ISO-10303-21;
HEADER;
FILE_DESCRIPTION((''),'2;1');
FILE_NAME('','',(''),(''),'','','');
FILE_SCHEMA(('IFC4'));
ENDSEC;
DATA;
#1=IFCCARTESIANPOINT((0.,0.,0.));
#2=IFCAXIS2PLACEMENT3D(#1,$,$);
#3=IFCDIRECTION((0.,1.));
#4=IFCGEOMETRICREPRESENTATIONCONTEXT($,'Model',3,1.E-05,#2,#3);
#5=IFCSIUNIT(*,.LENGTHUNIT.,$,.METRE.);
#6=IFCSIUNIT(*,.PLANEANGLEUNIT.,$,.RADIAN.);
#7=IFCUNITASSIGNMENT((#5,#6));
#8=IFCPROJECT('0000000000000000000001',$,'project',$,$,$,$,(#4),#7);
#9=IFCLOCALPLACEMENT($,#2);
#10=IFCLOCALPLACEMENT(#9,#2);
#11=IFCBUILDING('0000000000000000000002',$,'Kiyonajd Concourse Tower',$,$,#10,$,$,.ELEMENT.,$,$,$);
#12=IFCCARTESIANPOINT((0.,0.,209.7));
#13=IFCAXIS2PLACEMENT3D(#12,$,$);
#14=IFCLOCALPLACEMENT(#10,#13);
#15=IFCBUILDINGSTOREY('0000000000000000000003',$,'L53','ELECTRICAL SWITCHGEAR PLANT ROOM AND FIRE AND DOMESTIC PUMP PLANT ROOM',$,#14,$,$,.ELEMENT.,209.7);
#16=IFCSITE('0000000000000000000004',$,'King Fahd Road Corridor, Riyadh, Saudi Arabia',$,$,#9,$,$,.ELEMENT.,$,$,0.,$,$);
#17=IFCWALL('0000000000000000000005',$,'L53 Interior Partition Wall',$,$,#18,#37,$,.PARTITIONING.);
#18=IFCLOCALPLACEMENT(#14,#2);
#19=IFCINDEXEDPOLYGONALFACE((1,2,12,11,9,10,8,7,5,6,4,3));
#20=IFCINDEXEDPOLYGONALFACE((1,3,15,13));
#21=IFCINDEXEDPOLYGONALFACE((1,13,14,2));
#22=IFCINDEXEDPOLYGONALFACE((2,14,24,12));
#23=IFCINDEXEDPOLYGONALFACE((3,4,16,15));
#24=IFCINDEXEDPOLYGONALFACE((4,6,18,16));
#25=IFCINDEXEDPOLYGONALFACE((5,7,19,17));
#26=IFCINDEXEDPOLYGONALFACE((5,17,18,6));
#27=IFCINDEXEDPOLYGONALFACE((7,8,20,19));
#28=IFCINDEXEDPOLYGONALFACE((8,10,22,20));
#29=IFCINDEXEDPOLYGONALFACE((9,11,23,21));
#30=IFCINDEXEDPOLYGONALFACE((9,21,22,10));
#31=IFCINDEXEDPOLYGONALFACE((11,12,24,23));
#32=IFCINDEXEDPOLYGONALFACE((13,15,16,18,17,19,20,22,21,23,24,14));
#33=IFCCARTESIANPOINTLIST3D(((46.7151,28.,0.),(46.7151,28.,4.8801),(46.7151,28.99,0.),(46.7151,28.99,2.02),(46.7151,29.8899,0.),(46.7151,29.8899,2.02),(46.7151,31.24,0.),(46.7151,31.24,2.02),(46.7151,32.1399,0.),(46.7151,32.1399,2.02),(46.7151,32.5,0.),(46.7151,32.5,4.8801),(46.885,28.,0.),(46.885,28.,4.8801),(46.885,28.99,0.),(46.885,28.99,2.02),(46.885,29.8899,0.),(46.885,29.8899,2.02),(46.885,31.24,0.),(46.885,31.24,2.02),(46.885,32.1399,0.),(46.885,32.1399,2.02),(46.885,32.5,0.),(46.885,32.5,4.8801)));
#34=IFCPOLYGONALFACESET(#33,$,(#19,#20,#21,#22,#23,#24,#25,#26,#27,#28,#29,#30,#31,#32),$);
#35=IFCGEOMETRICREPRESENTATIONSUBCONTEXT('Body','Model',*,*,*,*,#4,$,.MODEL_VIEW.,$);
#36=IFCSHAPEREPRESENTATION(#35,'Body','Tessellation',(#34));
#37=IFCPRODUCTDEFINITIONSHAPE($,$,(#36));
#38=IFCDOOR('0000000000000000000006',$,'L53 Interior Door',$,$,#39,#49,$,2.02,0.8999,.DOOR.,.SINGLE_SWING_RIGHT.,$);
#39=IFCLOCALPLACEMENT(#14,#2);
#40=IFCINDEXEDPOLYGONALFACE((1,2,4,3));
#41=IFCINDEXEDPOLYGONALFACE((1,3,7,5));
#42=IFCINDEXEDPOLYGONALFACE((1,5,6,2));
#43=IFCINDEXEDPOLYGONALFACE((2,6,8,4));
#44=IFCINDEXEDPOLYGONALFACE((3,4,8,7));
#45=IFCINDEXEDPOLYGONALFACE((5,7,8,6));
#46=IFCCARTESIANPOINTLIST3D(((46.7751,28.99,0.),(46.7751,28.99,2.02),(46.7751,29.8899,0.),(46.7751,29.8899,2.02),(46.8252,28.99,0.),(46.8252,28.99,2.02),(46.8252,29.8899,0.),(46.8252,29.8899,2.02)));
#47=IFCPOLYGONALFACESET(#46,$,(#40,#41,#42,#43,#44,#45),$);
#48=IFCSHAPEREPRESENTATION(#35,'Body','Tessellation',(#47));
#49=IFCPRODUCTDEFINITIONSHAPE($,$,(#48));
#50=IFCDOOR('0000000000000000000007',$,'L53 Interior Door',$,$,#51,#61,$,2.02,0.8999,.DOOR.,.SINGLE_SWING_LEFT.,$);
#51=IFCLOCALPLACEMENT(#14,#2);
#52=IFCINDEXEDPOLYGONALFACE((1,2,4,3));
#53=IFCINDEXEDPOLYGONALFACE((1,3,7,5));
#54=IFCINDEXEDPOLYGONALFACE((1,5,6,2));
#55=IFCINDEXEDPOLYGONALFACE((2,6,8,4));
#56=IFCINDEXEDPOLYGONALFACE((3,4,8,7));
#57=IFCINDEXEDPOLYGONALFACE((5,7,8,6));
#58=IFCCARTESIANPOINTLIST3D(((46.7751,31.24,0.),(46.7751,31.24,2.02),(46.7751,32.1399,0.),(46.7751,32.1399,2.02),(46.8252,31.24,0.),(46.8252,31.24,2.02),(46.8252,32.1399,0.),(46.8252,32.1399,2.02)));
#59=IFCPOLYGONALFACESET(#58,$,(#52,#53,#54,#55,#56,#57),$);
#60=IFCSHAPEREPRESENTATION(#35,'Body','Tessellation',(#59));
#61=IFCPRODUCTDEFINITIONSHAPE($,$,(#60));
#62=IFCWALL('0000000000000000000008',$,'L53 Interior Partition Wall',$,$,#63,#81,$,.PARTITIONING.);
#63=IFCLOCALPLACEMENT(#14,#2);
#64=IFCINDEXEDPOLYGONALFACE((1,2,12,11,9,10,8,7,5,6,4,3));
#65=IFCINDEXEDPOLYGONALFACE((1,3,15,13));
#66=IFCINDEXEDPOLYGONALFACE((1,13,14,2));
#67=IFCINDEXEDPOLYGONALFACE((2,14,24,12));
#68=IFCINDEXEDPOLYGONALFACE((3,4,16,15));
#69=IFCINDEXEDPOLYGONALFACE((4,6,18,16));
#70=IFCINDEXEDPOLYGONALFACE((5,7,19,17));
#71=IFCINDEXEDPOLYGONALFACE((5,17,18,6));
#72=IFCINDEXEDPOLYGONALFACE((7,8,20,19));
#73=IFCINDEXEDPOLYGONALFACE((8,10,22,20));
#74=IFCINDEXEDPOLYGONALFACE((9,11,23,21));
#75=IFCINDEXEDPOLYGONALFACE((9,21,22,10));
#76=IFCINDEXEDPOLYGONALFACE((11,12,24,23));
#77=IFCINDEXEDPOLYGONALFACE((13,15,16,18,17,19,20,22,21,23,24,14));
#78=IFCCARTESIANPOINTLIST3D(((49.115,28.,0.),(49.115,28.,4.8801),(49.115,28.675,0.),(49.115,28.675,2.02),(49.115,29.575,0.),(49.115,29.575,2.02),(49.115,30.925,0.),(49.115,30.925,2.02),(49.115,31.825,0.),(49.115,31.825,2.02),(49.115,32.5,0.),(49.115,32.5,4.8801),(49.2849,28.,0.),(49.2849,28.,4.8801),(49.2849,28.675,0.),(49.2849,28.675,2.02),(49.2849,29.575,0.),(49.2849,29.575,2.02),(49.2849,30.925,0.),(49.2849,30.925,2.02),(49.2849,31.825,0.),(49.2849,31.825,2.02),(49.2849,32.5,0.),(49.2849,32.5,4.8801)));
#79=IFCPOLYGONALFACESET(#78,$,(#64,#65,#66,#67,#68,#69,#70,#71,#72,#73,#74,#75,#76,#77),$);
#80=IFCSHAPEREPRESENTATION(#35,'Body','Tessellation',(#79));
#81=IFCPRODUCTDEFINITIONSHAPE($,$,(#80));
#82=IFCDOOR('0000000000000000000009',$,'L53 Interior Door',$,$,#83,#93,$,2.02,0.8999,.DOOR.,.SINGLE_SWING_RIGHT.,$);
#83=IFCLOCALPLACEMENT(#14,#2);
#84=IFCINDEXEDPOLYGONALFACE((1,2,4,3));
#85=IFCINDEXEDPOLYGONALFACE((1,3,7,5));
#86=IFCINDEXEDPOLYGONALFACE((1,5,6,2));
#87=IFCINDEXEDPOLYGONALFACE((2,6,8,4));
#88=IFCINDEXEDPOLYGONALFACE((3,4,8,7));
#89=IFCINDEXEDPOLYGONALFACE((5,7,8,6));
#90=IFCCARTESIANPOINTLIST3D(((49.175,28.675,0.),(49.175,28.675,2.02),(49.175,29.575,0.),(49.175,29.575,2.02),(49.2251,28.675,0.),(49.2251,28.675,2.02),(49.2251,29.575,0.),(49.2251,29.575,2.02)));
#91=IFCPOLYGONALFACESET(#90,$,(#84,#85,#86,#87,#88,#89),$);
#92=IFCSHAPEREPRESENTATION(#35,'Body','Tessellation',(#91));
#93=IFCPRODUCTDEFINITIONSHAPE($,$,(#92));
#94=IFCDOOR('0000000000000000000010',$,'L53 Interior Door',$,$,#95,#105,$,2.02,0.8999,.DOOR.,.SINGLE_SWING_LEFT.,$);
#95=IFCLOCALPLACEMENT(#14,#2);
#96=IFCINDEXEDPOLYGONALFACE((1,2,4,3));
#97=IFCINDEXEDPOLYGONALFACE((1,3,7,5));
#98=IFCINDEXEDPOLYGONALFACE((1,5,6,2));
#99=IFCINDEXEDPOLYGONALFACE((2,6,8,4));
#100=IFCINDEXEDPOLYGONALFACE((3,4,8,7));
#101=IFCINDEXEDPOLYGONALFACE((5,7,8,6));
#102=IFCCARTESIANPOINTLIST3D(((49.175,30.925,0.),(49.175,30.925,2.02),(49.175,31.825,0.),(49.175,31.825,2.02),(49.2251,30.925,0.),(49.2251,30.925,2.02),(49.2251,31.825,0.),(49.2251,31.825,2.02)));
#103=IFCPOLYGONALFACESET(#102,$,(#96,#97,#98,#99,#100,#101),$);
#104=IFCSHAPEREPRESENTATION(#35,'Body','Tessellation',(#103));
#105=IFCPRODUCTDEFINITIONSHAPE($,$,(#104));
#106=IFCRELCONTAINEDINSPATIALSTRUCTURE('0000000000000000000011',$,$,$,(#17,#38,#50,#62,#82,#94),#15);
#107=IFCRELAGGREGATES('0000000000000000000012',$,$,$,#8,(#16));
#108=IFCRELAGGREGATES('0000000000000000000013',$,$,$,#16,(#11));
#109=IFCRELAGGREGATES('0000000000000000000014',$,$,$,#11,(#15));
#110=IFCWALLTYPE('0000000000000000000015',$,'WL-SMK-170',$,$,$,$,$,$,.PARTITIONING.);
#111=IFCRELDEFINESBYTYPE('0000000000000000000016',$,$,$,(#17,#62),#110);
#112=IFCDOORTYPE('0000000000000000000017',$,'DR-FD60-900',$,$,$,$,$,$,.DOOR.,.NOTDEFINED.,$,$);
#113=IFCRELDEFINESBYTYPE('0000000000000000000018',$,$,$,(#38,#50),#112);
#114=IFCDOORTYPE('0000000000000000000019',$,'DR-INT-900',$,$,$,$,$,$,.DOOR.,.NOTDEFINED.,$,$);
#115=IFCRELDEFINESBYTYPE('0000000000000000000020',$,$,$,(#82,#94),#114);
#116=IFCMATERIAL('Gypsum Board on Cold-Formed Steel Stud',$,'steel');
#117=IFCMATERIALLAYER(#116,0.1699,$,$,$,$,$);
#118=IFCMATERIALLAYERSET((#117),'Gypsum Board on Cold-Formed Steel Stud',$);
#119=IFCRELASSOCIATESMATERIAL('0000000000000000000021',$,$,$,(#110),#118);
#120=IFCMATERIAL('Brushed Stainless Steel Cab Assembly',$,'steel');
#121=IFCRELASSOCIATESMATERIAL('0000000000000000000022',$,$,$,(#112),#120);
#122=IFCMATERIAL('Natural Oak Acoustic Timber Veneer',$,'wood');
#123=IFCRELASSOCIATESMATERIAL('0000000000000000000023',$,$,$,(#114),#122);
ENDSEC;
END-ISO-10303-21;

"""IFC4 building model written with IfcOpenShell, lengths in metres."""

from ifc_helpers import new_model, si_unit, direction, frame, frame_2d, origin, place, context, subcontext, project, spatial, rectangle, extrude, material, layer, layer_set, type_object, element, fill, save


model = new_model("IFC4")

# Units and contexts
model_context = context("Model", 3, precision=1e-05, world=origin(), true_north=direction((0.0, 1.0)))
body_context = subcontext(model_context, "Body", "Model", "MODEL_VIEW")
ifc_project = project(units=[si_unit("LENGTHUNIT", "METRE"), si_unit("PLANEANGLEUNIT", "RADIAN")], contexts=[model_context])

# Site, building, storey
site_placement = place(None, origin())
site = spatial("IfcSite", under=ifc_project, at=site_placement, Name="King Fahd Road Corridor, Riyadh, Saudi Arabia", CompositionType="ELEMENT", RefElevation=0.0)
building_placement = place(site_placement, origin())
building = spatial("IfcBuilding", under=site, at=building_placement, Name="Kiyonajd Concourse Tower", CompositionType="ELEMENT")
storey_placement = place(building_placement, frame((0.0, 0.0, 209.7)))
storey = spatial("IfcBuildingStorey", under=building, at=storey_placement, Name="L53", Description="ELECTRICAL SWITCHGEAR PLANT ROOM AND FIRE AND DOMESTIC PUMP PLANT ROOM", CompositionType="ELEMENT", Elevation=209.7)

# Shared definitions
ifc_material_1 = material(Name="Brushed Stainless Steel Cab Assembly", Category="steel")

# Walls, openings, doors
ifc_material_2 = material(Name="Gypsum Board on Cold-Formed Steel Stud", Category="steel")
ifc_layer_1 = layer(ifc_material_2, 0.1699)
ifc_layer_set_1 = layer_set([ifc_layer_1], Name="Gypsum Board on Cold-Formed Steel Stud")
wall_type_1 = type_object("IfcWallType", Name="WL-SMK-170", PredefinedType="PARTITIONING", material=ifc_layer_set_1)
wall_1_placement = place(storey_placement, frame((46.8, 28.0, 0.0), z_axis=(0.0, 0.0, 1.0), x_axis=(0.0, 1.0, 0.0)))
wall_1 = element("IfcWall", 1, at=wall_1_placement, inside=storey, type_object=wall_type_1, Name="L53 Interior Partition Wall", PredefinedType="PARTITIONING", context=body_context, shape_type="SweptSolid", body=[
    extrude(rectangle(XDim=4.5, YDim=0.1699, at=frame_2d((2.25, 0.0))), origin(), (0.0, 0.0, 1.0), 4.8801),
])
opening_1_placement = place(wall_1_placement, frame((0.99, 0.0, 0.0)))
opening_1 = element("IfcOpeningElement", 2, at=opening_1_placement, cuts=wall_1, PredefinedType="OPENING", context=body_context, shape_type="SweptSolid", body=[
    extrude(rectangle(XDim=0.8999, YDim=2.02, at=frame_2d((0.45, 1.01))), frame((0.0, 0.095, 0.0), z_axis=(0.0, -1.0, 0.0), x_axis=(1.0, 0.0, 0.0)), (0.0, 0.0, 1.0), 0.1899),
])
opening_2_placement = place(wall_1_placement, frame((3.24, 0.0, 0.0)))
opening_2 = element("IfcOpeningElement", 3, at=opening_2_placement, cuts=wall_1, PredefinedType="OPENING", context=body_context, shape_type="SweptSolid", body=[
    extrude(rectangle(XDim=0.8999, YDim=2.02, at=frame_2d((0.45, 1.01))), frame((0.0, 0.095, 0.0), z_axis=(0.0, -1.0, 0.0), x_axis=(1.0, 0.0, 0.0)), (0.0, 0.0, 1.0), 0.1899),
])
door_type_1 = type_object("IfcDoorType", Name="DR-FD60-900", OperationType="NOTDEFINED", PredefinedType="DOOR", material=ifc_material_1)
door_1_placement = place(opening_1_placement, origin())
door_1 = element("IfcDoor", 4, at=door_1_placement, inside=storey, type_object=door_type_1, Name="L53 Interior Door", OperationType="SINGLE_SWING_RIGHT", OverallHeight=2.02, OverallWidth=0.8999, PredefinedType="DOOR", context=body_context, shape_type="SweptSolid", body=[
    extrude(rectangle(XDim=0.8999, YDim=2.02, at=frame_2d((0.45, 1.01))), frame((0.0, 0.0249, 0.0), z_axis=(0.0, -1.0, 0.0), x_axis=(1.0, 0.0, 0.0)), (0.0, 0.0, 1.0), 0.05),
])
fill(opening_1, door_1)
door_2_placement = place(opening_2_placement, origin())
door_2 = element("IfcDoor", 5, at=door_2_placement, inside=storey, type_object=door_type_1, Name="L53 Interior Door", OperationType="SINGLE_SWING_LEFT", OverallHeight=2.02, OverallWidth=0.8999, PredefinedType="DOOR", context=body_context, shape_type="SweptSolid", body=[
    extrude(rectangle(XDim=0.8999, YDim=2.02, at=frame_2d((0.45, 1.01))), frame((0.0, 0.0249, 0.0), z_axis=(0.0, -1.0, 0.0), x_axis=(1.0, 0.0, 0.0)), (0.0, 0.0, 1.0), 0.05),
])
fill(opening_2, door_2)
wall_2_placement = place(storey_placement, frame((49.2, 28.0, 0.0), z_axis=(0.0, 0.0, 1.0), x_axis=(0.0, 1.0, 0.0)))
wall_2 = element("IfcWall", 6, at=wall_2_placement, inside=storey, type_object=wall_type_1, Name="L53 Interior Partition Wall", PredefinedType="PARTITIONING", context=body_context, shape_type="SweptSolid", body=[
    extrude(rectangle(XDim=4.5, YDim=0.1699, at=frame_2d((2.25, 0.0))), origin(), (0.0, 0.0, 1.0), 4.8801),
])
opening_3_placement = place(wall_2_placement, frame((0.675, 0.0, 0.0)))
opening_3 = element("IfcOpeningElement", 7, at=opening_3_placement, cuts=wall_2, PredefinedType="OPENING", context=body_context, shape_type="SweptSolid", body=[
    extrude(rectangle(XDim=0.8999, YDim=2.02, at=frame_2d((0.45, 1.01))), frame((0.0, 0.095, 0.0), z_axis=(0.0, -1.0, 0.0), x_axis=(1.0, 0.0, 0.0)), (0.0, 0.0, 1.0), 0.1899),
])
opening_4_placement = place(wall_2_placement, frame((2.925, 0.0, 0.0)))
opening_4 = element("IfcOpeningElement", 8, at=opening_4_placement, cuts=wall_2, PredefinedType="OPENING", context=body_context, shape_type="SweptSolid", body=[
    extrude(rectangle(XDim=0.8999, YDim=2.02, at=frame_2d((0.45, 1.01))), frame((0.0, 0.095, 0.0), z_axis=(0.0, -1.0, 0.0), x_axis=(1.0, 0.0, 0.0)), (0.0, 0.0, 1.0), 0.1899),
])
ifc_material_3 = material(Name="Natural Oak Acoustic Timber Veneer", Category="wood")
door_type_2 = type_object("IfcDoorType", Name="DR-INT-900", OperationType="NOTDEFINED", PredefinedType="DOOR", material=ifc_material_3)
door_3_placement = place(opening_3_placement, origin())
door_3 = element("IfcDoor", 9, at=door_3_placement, inside=storey, type_object=door_type_2, Name="L53 Interior Door", OperationType="SINGLE_SWING_RIGHT", OverallHeight=2.02, OverallWidth=0.8999, PredefinedType="DOOR", context=body_context, shape_type="SweptSolid", body=[
    extrude(rectangle(XDim=0.8999, YDim=2.02, at=frame_2d((0.45, 1.01))), frame((0.0, 0.0249, 0.0), z_axis=(0.0, -1.0, 0.0), x_axis=(1.0, 0.0, 0.0)), (0.0, 0.0, 1.0), 0.05),
])
fill(opening_3, door_3)
door_4_placement = place(opening_4_placement, origin())
door_4 = element("IfcDoor", 10, at=door_4_placement, inside=storey, type_object=door_type_2, Name="L53 Interior Door", OperationType="SINGLE_SWING_LEFT", OverallHeight=2.02, OverallWidth=0.8999, PredefinedType="DOOR", context=body_context, shape_type="SweptSolid", body=[
    extrude(rectangle(XDim=0.8999, YDim=2.02, at=frame_2d((0.45, 1.01))), frame((0.0, 0.0249, 0.0), z_axis=(0.0, -1.0, 0.0), x_axis=(1.0, 0.0, 0.0)), (0.0, 0.0, 1.0), 0.05),
])
fill(opening_4, door_4)

save(model, "model.ifc")
